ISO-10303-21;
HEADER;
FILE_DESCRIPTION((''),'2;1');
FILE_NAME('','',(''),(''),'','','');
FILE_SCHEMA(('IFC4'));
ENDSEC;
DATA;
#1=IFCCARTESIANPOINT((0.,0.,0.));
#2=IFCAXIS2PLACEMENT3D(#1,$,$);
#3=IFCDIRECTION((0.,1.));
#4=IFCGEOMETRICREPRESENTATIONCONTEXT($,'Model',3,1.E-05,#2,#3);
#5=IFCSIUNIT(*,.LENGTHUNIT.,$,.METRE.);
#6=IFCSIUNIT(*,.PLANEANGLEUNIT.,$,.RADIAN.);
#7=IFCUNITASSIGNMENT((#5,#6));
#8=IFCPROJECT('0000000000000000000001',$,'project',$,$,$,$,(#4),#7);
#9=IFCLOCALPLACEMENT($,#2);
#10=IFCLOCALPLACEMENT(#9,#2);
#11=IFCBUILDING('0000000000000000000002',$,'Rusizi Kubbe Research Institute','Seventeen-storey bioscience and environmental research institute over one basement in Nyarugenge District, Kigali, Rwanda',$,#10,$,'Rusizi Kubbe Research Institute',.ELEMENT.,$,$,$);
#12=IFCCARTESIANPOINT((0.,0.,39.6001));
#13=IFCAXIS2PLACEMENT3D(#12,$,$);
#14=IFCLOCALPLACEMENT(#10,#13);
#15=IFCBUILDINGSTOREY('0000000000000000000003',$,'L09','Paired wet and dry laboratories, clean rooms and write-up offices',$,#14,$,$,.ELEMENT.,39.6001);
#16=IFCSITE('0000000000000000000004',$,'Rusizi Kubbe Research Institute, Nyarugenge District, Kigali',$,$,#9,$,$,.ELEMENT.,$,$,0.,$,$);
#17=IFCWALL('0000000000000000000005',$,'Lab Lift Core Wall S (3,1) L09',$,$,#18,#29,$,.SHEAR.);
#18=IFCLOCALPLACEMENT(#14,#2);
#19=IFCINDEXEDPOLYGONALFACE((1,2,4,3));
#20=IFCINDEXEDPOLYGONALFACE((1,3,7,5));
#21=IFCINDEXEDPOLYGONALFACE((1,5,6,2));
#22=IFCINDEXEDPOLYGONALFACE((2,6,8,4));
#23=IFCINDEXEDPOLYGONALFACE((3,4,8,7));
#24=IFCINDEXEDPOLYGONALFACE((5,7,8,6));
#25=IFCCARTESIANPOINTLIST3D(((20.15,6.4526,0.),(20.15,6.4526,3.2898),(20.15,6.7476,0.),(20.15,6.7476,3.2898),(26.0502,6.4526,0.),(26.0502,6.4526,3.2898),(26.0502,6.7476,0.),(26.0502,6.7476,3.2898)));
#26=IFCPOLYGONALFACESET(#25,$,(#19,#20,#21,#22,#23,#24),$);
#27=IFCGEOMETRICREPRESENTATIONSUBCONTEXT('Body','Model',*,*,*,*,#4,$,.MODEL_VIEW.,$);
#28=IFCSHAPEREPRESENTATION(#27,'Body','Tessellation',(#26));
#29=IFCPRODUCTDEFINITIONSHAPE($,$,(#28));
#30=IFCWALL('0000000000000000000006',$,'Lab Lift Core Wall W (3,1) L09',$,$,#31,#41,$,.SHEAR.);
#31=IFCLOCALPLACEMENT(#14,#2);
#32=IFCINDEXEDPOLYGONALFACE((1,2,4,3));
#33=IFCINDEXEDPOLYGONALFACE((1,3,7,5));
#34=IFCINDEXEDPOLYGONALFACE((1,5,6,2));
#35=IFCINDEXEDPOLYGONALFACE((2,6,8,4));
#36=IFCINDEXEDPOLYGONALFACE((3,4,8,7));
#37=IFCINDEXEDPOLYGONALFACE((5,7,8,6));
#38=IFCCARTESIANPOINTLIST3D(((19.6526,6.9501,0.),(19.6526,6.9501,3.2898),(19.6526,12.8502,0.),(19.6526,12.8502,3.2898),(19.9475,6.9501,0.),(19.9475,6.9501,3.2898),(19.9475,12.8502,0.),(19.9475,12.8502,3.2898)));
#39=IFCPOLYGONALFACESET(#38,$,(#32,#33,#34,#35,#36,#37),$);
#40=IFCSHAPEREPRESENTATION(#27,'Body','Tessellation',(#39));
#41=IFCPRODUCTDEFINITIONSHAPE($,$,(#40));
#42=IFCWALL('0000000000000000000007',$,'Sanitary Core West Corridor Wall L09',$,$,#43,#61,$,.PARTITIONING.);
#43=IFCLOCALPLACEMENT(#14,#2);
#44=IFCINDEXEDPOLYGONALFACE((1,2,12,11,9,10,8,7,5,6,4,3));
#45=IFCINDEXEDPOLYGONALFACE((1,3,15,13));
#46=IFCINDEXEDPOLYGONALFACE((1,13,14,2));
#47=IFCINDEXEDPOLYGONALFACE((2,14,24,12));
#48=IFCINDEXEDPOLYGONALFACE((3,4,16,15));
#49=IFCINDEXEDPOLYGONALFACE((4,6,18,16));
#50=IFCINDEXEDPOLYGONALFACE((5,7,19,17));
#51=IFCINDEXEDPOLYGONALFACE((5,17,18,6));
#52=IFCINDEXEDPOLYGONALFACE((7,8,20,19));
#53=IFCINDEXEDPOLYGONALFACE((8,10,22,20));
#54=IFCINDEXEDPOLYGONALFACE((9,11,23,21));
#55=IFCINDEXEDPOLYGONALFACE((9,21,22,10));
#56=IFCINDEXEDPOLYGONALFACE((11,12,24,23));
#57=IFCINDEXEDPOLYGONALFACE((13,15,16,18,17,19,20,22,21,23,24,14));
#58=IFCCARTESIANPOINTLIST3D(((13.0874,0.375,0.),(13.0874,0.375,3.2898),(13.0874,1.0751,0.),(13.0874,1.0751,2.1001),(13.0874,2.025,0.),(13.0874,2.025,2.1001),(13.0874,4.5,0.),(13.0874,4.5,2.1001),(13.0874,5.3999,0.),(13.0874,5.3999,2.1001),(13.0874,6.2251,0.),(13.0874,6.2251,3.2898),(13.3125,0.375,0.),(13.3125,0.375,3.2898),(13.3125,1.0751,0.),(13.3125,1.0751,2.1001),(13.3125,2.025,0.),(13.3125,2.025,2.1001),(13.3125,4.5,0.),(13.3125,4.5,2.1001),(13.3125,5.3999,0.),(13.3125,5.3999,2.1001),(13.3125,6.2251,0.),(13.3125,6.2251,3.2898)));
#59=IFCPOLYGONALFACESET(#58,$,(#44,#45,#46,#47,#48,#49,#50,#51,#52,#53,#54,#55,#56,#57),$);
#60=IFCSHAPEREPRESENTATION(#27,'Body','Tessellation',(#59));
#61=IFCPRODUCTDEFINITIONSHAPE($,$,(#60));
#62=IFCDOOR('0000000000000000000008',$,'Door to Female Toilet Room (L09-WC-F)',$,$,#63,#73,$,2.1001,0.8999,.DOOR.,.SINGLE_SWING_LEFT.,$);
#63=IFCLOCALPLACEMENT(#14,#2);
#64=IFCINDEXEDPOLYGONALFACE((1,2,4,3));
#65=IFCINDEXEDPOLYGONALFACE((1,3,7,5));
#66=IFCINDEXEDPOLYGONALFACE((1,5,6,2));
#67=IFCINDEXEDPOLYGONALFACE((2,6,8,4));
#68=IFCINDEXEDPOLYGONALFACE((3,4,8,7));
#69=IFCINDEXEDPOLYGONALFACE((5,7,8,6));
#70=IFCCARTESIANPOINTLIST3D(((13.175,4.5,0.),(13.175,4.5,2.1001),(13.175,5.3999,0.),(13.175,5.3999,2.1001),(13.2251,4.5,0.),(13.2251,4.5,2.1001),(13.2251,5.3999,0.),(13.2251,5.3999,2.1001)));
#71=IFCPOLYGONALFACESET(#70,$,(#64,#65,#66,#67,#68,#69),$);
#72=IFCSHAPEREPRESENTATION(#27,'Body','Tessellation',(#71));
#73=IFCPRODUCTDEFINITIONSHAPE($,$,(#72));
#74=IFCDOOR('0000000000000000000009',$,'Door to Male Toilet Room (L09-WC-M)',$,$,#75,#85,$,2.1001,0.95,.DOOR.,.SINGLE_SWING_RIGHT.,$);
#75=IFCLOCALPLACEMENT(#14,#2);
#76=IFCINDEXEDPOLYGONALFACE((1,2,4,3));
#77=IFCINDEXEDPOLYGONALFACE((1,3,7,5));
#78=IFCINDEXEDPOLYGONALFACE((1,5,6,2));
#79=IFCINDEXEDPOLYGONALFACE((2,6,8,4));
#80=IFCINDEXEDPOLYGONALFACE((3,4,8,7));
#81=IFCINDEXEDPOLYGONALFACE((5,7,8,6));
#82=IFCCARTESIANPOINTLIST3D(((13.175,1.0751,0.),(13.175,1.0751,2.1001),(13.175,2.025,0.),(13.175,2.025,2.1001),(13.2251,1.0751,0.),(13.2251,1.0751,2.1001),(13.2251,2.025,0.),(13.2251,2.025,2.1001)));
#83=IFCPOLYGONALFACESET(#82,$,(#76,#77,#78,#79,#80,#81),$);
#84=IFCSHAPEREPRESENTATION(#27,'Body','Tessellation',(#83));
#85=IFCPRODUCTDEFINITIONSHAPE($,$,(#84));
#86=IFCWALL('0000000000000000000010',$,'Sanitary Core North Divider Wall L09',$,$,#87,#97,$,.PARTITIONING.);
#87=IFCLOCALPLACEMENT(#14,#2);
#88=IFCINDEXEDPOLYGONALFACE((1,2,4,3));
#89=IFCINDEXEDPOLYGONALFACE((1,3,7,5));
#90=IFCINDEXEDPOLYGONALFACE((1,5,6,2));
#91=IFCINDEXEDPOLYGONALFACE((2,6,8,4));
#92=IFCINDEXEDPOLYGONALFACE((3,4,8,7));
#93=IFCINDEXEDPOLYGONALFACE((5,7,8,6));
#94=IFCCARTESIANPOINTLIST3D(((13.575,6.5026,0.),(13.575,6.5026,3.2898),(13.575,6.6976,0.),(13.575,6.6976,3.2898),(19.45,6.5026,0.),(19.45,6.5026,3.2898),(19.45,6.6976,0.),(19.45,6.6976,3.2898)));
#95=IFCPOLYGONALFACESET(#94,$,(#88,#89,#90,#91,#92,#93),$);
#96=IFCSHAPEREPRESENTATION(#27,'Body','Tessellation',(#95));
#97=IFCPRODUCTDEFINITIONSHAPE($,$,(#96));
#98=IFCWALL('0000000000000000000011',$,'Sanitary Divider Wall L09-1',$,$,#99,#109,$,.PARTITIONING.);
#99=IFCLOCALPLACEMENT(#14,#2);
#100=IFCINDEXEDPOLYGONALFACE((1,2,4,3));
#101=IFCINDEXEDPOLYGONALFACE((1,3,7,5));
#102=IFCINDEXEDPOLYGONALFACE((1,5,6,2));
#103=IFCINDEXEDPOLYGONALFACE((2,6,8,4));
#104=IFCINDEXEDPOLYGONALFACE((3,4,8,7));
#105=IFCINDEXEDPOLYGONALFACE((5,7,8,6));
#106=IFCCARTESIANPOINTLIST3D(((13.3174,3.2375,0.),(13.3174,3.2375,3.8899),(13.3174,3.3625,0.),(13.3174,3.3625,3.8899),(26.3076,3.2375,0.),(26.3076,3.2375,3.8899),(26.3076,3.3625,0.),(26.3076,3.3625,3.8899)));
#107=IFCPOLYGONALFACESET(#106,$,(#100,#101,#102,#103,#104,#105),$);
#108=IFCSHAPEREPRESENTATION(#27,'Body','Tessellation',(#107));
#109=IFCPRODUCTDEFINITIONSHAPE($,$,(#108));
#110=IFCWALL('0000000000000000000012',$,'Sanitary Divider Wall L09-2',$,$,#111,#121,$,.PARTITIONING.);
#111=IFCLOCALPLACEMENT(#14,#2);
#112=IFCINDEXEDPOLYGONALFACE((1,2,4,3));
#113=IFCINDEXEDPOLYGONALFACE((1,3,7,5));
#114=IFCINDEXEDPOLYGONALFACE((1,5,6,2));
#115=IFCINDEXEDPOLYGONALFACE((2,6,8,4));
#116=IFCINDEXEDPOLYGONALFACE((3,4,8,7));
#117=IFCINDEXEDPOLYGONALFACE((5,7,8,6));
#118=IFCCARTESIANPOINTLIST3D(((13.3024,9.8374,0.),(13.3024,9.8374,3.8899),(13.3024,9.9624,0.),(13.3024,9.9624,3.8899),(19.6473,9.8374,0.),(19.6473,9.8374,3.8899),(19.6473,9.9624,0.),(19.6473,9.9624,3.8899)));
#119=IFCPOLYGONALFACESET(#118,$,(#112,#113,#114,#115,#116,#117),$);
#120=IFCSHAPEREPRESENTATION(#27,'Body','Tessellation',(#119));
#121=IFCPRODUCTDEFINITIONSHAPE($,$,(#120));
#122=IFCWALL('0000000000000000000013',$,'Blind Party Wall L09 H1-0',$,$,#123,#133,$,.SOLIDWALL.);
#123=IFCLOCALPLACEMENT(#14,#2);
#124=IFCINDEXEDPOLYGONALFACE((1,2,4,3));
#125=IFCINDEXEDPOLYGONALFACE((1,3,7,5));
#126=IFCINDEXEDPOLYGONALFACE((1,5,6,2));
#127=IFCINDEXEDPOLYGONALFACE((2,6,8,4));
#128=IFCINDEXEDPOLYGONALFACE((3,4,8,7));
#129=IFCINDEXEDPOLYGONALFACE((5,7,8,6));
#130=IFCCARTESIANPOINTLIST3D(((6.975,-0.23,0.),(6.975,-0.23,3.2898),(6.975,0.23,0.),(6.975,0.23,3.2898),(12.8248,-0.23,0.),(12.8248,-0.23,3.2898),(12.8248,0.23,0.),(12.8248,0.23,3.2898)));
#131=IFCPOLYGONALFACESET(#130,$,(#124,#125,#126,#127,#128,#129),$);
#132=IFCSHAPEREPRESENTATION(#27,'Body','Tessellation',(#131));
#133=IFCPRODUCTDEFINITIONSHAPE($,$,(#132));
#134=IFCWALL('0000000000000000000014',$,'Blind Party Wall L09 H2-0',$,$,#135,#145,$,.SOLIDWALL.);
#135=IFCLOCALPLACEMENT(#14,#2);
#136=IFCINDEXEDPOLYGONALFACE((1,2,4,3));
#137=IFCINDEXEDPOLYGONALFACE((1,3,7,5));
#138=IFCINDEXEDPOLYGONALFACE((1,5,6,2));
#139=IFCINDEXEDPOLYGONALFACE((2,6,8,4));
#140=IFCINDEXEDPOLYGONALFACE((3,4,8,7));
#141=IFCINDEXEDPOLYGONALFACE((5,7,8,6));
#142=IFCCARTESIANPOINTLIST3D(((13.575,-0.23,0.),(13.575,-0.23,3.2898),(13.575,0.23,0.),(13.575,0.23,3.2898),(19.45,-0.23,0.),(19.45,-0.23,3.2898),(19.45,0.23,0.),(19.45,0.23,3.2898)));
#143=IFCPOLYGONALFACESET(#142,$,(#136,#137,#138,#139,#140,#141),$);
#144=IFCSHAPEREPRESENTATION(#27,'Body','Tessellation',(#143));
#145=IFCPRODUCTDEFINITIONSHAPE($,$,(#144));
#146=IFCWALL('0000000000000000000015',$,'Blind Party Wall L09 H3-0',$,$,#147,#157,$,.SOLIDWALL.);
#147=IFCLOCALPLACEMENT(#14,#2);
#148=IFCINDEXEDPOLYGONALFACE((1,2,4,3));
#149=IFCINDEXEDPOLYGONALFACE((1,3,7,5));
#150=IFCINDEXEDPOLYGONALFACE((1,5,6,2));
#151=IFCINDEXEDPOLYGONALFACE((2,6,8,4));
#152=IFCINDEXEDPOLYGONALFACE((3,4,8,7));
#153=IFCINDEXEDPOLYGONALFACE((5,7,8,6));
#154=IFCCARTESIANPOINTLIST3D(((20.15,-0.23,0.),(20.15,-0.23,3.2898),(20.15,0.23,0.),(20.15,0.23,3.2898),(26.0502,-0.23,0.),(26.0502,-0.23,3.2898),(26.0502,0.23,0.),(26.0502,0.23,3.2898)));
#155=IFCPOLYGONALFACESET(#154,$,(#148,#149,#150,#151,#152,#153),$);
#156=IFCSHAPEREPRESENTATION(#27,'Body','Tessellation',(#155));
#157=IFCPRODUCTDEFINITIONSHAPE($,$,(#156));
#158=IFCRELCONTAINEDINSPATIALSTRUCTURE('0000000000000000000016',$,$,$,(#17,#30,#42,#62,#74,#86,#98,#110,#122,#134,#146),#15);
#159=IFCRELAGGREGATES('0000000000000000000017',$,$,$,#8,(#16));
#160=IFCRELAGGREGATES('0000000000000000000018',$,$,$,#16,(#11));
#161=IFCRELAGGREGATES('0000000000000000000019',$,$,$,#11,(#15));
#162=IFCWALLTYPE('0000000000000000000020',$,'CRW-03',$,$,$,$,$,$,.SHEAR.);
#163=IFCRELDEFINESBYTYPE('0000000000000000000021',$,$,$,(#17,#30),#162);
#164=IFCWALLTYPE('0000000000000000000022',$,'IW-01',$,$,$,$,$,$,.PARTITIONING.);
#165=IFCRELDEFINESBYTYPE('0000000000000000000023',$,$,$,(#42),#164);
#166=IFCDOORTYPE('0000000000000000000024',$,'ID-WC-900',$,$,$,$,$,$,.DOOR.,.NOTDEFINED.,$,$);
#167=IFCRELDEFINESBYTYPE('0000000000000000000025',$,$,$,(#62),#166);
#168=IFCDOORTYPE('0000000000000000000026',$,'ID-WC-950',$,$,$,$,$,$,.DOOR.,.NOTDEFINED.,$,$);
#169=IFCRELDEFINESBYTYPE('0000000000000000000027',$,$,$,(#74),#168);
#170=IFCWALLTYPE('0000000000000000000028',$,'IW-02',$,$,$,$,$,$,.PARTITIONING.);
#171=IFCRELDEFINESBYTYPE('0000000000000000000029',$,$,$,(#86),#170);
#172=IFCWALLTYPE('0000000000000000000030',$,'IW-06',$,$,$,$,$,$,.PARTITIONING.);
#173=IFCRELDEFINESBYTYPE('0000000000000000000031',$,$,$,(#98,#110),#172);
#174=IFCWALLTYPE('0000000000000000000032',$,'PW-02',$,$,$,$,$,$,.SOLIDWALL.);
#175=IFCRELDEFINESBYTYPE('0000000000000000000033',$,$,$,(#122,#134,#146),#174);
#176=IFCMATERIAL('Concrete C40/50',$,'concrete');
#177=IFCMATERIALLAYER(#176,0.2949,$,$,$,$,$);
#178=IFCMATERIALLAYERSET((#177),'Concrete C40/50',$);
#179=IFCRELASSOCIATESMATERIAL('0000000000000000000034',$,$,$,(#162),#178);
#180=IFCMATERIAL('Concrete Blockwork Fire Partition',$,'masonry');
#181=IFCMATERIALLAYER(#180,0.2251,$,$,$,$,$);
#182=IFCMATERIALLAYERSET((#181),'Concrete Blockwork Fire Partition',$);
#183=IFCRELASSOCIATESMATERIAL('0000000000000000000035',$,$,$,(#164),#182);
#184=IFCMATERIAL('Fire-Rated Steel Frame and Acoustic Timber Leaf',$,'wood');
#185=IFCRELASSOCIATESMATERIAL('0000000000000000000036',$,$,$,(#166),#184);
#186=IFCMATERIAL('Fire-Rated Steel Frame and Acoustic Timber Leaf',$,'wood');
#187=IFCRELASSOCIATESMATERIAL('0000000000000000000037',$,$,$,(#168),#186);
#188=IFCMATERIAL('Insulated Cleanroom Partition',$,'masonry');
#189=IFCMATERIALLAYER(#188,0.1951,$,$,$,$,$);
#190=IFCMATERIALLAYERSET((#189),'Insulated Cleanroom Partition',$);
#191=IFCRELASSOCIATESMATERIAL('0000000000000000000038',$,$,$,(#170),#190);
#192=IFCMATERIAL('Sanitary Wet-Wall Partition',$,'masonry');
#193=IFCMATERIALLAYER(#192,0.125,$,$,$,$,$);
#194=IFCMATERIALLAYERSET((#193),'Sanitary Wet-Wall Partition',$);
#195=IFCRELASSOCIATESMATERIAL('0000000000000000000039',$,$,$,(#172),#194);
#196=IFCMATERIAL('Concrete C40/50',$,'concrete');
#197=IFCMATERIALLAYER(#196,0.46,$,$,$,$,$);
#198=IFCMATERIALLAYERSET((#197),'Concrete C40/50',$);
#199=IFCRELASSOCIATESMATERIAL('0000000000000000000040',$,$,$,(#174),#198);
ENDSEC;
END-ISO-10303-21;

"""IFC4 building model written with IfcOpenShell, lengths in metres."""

from ifc_helpers import new_model, si_unit, direction, frame, frame_2d, origin, place, context, subcontext, project, spatial, rectangle, extrude, material, layer, layer_set, type_object, element, fill, save


model = new_model("IFC4")

# Units and contexts
model_context = context("Model", 3, precision=1e-05, world=origin(), true_north=direction((0.0, 1.0)))
body_context = subcontext(model_context, "Body", "Model", "MODEL_VIEW")
ifc_project = project(units=[si_unit("LENGTHUNIT", "METRE"), si_unit("PLANEANGLEUNIT", "RADIAN")], contexts=[model_context])

# Site, building, storey
site_placement = place(None, origin())
site = spatial("IfcSite", under=ifc_project, at=site_placement, Name="Rusizi Kubbe Research Institute, Nyarugenge District, Kigali", CompositionType="ELEMENT", RefElevation=0.0)
building_placement = place(site_placement, origin())
building = spatial("IfcBuilding", under=site, at=building_placement, Name="Rusizi Kubbe Research Institute", Description="Seventeen-storey bioscience and environmental research institute over one basement in Nyarugenge District, Kigali, Rwanda", LongName="Rusizi Kubbe Research Institute", CompositionType="ELEMENT")
storey_placement = place(building_placement, frame((0.0, 0.0, 39.6001)))
storey = spatial("IfcBuildingStorey", under=building, at=storey_placement, Name="L09", Description="Paired wet and dry laboratories, clean rooms and write-up offices", CompositionType="ELEMENT", Elevation=39.6001)

# Walls
ifc_material_1 = material(Name="Concrete C40/50", Category="concrete")
ifc_layer_1 = layer(ifc_material_1, 0.2949)
ifc_layer_set_1 = layer_set([ifc_layer_1], Name="Concrete C40/50")
wall_type_1 = type_object("IfcWallType", Name="CRW-03", PredefinedType="SHEAR", material=ifc_layer_set_1)
for number, where, z_axis, x_axis, name in (
    (1, (20.1499, 6.6001, 0.0), (0.0, 0.0, 1.0), (1.0, 0.0, 0.0), "Lab Lift Core Wall S (3,1) L09"),
    (2, (19.8, 6.95, 0.0), (0.0, 0.0, 1.0), (0.0, 1.0, 0.0), "Lab Lift Core Wall W (3,1) L09"),
):
    element("IfcWall", number, at=place(storey_placement, frame(where, z_axis=z_axis, x_axis=x_axis)), inside=storey, type_object=wall_type_1, Name=name, PredefinedType="SHEAR", context=body_context, shape_type="SweptSolid", body=[
        extrude(rectangle(XDim=5.9001, YDim=0.2949, at=frame_2d((2.9502, 0.0))), origin(), (0.0, 0.0, 1.0), 3.2898),
    ])

# Wall, openings, doors
ifc_material_2 = material(Name="Concrete Blockwork Fire Partition", Category="masonry")
ifc_layer_2 = layer(ifc_material_2, 0.2251)
ifc_layer_set_2 = layer_set([ifc_layer_2], Name="Concrete Blockwork Fire Partition")
wall_type_2 = type_object("IfcWallType", Name="IW-01", PredefinedType="PARTITIONING", material=ifc_layer_set_2)
wall_1_placement = place(storey_placement, frame((13.2, 0.375, 0.0), z_axis=(0.0, 0.0, 1.0), x_axis=(0.0, 1.0, 0.0)))
wall_1 = element("IfcWall", 3, at=wall_1_placement, inside=storey, type_object=wall_type_2, Name="Sanitary Core West Corridor Wall L09", PredefinedType="PARTITIONING", context=body_context, shape_type="SweptSolid", body=[
    extrude(rectangle(XDim=5.8501, YDim=0.2251, at=frame_2d((2.925, 0.0))), origin(), (0.0, 0.0, 1.0), 3.2898),
])
opening_1_placement = place(wall_1_placement, frame((0.7, 0.0, 0.0)))
opening_1 = element("IfcOpeningElement", 4, at=opening_1_placement, cuts=wall_1, PredefinedType="OPENING", context=body_context, shape_type="SweptSolid", body=[
    extrude(rectangle(XDim=0.95, YDim=2.1001, at=frame_2d((0.4751, 1.05))), frame((0.0, 0.1226, 0.0), z_axis=(0.0, -1.0, 0.0), x_axis=(1.0, 0.0, 0.0)), (0.0, 0.0, 1.0), 0.2451),
])
opening_2_placement = place(wall_1_placement, frame((4.125, 0.0, 0.0)))
opening_2 = element("IfcOpeningElement", 5, at=opening_2_placement, cuts=wall_1, PredefinedType="OPENING", context=body_context, shape_type="SweptSolid", body=[
    extrude(rectangle(XDim=0.8999, YDim=2.1001, at=frame_2d((0.45, 1.05))), frame((0.0, 0.1226, 0.0), z_axis=(0.0, -1.0, 0.0), x_axis=(1.0, 0.0, 0.0)), (0.0, 0.0, 1.0), 0.2451),
])
ifc_material_3 = material(Name="Fire-Rated Steel Frame and Acoustic Timber Leaf", Category="wood")
door_type_1 = type_object("IfcDoorType", Name="ID-WC-900", OperationType="NOTDEFINED", PredefinedType="DOOR", material=ifc_material_3)
door_1_placement = place(opening_2_placement, origin())
door_1 = element("IfcDoor", 6, at=door_1_placement, inside=storey, type_object=door_type_1, Name="Door to Female Toilet Room (L09-WC-F)", OperationType="SINGLE_SWING_LEFT", OverallHeight=2.1001, OverallWidth=0.8999, PredefinedType="DOOR", context=body_context, shape_type="SweptSolid", body=[
    extrude(rectangle(XDim=0.8999, YDim=2.1001, at=frame_2d((0.45, 1.05))), frame((0.0, 0.0249, 0.0), z_axis=(0.0, -1.0, 0.0), x_axis=(1.0, 0.0, 0.0)), (0.0, 0.0, 1.0), 0.05),
])
fill(opening_2, door_1)
ifc_material_4 = material(Name="Fire-Rated Steel Frame and Acoustic Timber Leaf", Category="wood")
door_type_2 = type_object("IfcDoorType", Name="ID-WC-950", OperationType="NOTDEFINED", PredefinedType="DOOR", material=ifc_material_4)
door_2_placement = place(opening_1_placement, origin())
door_2 = element("IfcDoor", 7, at=door_2_placement, inside=storey, type_object=door_type_2, Name="Door to Male Toilet Room (L09-WC-M)", OperationType="SINGLE_SWING_RIGHT", OverallHeight=2.1001, OverallWidth=0.95, PredefinedType="DOOR", context=body_context, shape_type="SweptSolid", body=[
    extrude(rectangle(XDim=0.95, YDim=2.1001, at=frame_2d((0.4751, 1.05))), frame((0.0, 0.0249, 0.0), z_axis=(0.0, -1.0, 0.0), x_axis=(1.0, 0.0, 0.0)), (0.0, 0.0, 1.0), 0.05),
])
fill(opening_1, door_2)

# Wall
ifc_material_5 = material(Name="Insulated Cleanroom Partition", Category="masonry")
ifc_layer_3 = layer(ifc_material_5, 0.1951)
ifc_layer_set_3 = layer_set([ifc_layer_3], Name="Insulated Cleanroom Partition")
wall_type_3 = type_object("IfcWallType", Name="IW-02", PredefinedType="PARTITIONING", material=ifc_layer_set_3)
wall_2_placement = place(storey_placement, frame((13.575, 6.6001, 0.0), z_axis=(0.0, 0.0, 1.0), x_axis=(1.0, 0.0, 0.0)))
element("IfcWall", 8, at=wall_2_placement, inside=storey, type_object=wall_type_3, Name="Sanitary Core North Divider Wall L09", PredefinedType="PARTITIONING", context=body_context, shape_type="SweptSolid", body=[
    extrude(rectangle(XDim=5.875, YDim=0.1951, at=frame_2d((2.9375, 0.0))), origin(), (0.0, 0.0, 1.0), 3.2898),
])

# Walls
ifc_material_6 = material(Name="Sanitary Wet-Wall Partition", Category="masonry")
ifc_layer_4 = layer(ifc_material_6, 0.125)
ifc_layer_set_4 = layer_set([ifc_layer_4], Name="Sanitary Wet-Wall Partition")
wall_type_4 = type_object("IfcWallType", Name="IW-06", PredefinedType="PARTITIONING", material=ifc_layer_set_4)
wall_3_placement = place(storey_placement, frame((13.3174, 3.3, 0.0), z_axis=(0.0, 0.0, 1.0), x_axis=(1.0, 0.0, 0.0)))
element("IfcWall", 9, at=wall_3_placement, inside=storey, type_object=wall_type_4, Name="Sanitary Divider Wall L09-1", PredefinedType="PARTITIONING", context=body_context, shape_type="SweptSolid", body=[
    extrude(rectangle(XDim=12.9902, YDim=0.125, at=frame_2d((6.4951, 0.0))), origin(), (0.0, 0.0, 1.0), 3.8899),
])
wall_4_placement = place(storey_placement, frame((13.3025, 9.8999, 0.0), z_axis=(0.0, 0.0, 1.0), x_axis=(1.0, 0.0, 0.0)))
element("IfcWall", 10, at=wall_4_placement, inside=storey, type_object=wall_type_4, Name="Sanitary Divider Wall L09-2", PredefinedType="PARTITIONING", context=body_context, shape_type="SweptSolid", body=[
    extrude(rectangle(XDim=6.345, YDim=0.125, at=frame_2d((3.1724, 0.0))), origin(), (0.0, 0.0, 1.0), 3.8899),
])
ifc_material_7 = material(Name="Concrete C40/50", Category="concrete")
ifc_layer_5 = layer(ifc_material_7, 0.46)
ifc_layer_set_5 = layer_set([ifc_layer_5], Name="Concrete C40/50")
wall_type_5 = type_object("IfcWallType", Name="PW-02", PredefinedType="SOLIDWALL", material=ifc_layer_set_5)
wall_5_placement = place(storey_placement, frame((6.9751, 0.0, 0.0), z_axis=(0.0, 0.0, 1.0), x_axis=(1.0, 0.0, 0.0)))
element("IfcWall", 11, at=wall_5_placement, inside=storey, type_object=wall_type_5, Name="Blind Party Wall L09 H1-0", PredefinedType="SOLIDWALL", context=body_context, shape_type="SweptSolid", body=[
    extrude(rectangle(XDim=5.8499, YDim=0.46, at=frame_2d((2.9248, 0.0))), origin(), (0.0, 0.0, 1.0), 3.2898),
])
wall_6_placement = place(storey_placement, frame((13.575, 0.0, 0.0), z_axis=(0.0, 0.0, 1.0), x_axis=(1.0, 0.0, 0.0)))
element("IfcWall", 12, at=wall_6_placement, inside=storey, type_object=wall_type_5, Name="Blind Party Wall L09 H2-0", PredefinedType="SOLIDWALL", context=body_context, shape_type="SweptSolid", body=[
    extrude(rectangle(XDim=5.875, YDim=0.46, at=frame_2d((2.9375, 0.0))), origin(), (0.0, 0.0, 1.0), 3.2898),
])
wall_7_placement = place(storey_placement, frame((20.1499, 0.0, 0.0), z_axis=(0.0, 0.0, 1.0), x_axis=(1.0, 0.0, 0.0)))
element("IfcWall", 13, at=wall_7_placement, inside=storey, type_object=wall_type_5, Name="Blind Party Wall L09 H3-0", PredefinedType="SOLIDWALL", context=body_context, shape_type="SweptSolid", body=[
    extrude(rectangle(XDim=5.9001, YDim=0.46, at=frame_2d((2.9502, 0.0))), origin(), (0.0, 0.0, 1.0), 3.2898),
])

save(model, "model.ifc")
